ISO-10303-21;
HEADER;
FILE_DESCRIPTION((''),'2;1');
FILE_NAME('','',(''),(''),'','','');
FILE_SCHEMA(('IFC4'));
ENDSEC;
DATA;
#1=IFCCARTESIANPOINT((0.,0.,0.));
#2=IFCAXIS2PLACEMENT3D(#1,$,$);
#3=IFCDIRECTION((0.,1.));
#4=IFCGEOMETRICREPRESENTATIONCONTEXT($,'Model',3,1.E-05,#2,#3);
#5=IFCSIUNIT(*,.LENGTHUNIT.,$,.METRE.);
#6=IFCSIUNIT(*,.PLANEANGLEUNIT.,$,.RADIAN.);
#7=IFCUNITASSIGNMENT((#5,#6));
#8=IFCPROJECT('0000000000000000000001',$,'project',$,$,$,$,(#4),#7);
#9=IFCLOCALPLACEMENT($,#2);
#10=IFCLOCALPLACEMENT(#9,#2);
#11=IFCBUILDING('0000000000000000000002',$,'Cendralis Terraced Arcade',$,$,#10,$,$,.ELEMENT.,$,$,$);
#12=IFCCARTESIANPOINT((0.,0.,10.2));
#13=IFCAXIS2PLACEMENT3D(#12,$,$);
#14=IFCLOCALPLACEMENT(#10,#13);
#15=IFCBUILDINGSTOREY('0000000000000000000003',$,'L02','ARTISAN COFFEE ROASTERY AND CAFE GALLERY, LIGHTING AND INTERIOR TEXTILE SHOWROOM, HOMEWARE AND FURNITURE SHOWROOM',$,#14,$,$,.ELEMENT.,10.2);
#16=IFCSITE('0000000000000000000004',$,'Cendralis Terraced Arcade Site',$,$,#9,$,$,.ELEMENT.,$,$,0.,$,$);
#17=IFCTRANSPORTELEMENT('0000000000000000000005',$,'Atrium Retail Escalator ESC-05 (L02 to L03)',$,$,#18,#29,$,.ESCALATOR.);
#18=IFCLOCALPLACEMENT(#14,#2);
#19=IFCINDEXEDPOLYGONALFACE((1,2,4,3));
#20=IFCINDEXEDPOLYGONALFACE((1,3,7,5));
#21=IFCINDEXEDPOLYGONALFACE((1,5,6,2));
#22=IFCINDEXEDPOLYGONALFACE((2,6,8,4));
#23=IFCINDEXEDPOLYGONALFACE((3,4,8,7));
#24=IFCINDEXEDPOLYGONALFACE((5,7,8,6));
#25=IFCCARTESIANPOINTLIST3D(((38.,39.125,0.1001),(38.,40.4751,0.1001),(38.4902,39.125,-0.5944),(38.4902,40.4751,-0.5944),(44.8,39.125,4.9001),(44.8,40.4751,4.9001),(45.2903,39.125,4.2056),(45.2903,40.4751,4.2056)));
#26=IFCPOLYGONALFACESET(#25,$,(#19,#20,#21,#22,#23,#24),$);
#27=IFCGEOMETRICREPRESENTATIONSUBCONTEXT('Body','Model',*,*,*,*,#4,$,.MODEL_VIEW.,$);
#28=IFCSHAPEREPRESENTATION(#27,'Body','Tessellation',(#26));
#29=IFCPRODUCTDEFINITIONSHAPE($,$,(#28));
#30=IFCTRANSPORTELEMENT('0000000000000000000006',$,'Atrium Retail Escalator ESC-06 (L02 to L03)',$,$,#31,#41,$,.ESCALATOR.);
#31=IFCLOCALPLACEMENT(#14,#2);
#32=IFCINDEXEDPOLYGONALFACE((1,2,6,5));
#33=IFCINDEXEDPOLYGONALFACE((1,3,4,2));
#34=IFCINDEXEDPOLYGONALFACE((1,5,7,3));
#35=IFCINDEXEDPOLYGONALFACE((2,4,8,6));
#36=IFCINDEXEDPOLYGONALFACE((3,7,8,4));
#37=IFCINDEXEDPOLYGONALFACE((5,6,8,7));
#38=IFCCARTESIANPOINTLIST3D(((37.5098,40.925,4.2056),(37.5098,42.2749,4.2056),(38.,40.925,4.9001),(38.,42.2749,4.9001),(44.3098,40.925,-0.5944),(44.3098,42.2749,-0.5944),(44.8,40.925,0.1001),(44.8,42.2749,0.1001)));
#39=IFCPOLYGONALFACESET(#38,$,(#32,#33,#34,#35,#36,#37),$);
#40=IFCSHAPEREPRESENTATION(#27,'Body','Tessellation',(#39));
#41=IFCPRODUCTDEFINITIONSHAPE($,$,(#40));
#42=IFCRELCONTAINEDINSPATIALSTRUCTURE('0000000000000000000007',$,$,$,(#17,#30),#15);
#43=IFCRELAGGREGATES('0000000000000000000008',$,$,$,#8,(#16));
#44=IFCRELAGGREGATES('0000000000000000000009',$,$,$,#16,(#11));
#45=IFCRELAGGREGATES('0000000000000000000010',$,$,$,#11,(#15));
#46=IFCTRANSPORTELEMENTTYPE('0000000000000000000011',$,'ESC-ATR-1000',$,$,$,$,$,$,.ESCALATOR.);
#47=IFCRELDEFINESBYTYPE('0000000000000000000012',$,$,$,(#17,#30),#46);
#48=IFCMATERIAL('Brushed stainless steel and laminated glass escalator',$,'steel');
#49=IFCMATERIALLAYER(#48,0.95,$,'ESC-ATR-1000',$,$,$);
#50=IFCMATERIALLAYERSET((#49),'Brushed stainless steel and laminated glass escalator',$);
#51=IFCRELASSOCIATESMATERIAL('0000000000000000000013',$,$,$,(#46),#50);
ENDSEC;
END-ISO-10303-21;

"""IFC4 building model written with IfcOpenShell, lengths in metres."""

from ifc_helpers import new_model, si_unit, direction, frame, origin, place, context, subcontext, project, spatial, polyline, outline, extrude, material, layer, layer_set, type_object, element, save


model = new_model("IFC4")

# Units and contexts
model_context = context("Model", 3, precision=1e-05, world=origin(), true_north=direction((0.0, 1.0)))
body_context = subcontext(model_context, "Body", "Model", "MODEL_VIEW")
ifc_project = project(units=[si_unit("LENGTHUNIT", "METRE"), si_unit("PLANEANGLEUNIT", "RADIAN")], contexts=[model_context])

# Site, building, storey
site_placement = place(None, origin())
site = spatial("IfcSite", under=ifc_project, at=site_placement, Name="Cendralis Terraced Arcade Site", CompositionType="ELEMENT", RefElevation=0.0)
building_placement = place(site_placement, origin())
building = spatial("IfcBuilding", under=site, at=building_placement, Name="Cendralis Terraced Arcade", CompositionType="ELEMENT")
storey_placement = place(building_placement, frame((0.0, 0.0, 10.2)))
storey = spatial("IfcBuildingStorey", under=building, at=storey_placement, Name="L02", Description="ARTISAN COFFEE ROASTERY AND CAFE GALLERY, LIGHTING AND INTERIOR TEXTILE SHOWROOM, HOMEWARE AND FURNITURE SHOWROOM", CompositionType="ELEMENT", Elevation=10.2)

# Transport elements
ifc_material_1 = material(Name="Brushed stainless steel and laminated glass escalator", Category="steel")
ifc_layer_1 = layer(ifc_material_1, 0.95, Name="ESC-ATR-1000")
ifc_layer_set_1 = layer_set([ifc_layer_1], Name="Brushed stainless steel and laminated glass escalator")
transport_element_type = type_object("IfcTransportElementType", Name="ESC-ATR-1000", PredefinedType="ESCALATOR", material=ifc_layer_set_1)
transport_element_1_placement = place(storey_placement, frame((38.0, 39.125, 0.1001), z_axis=(-0.576684, 0.0, 0.816967), x_axis=(0.816967, 0.0, 0.576684)))
element("IfcTransportElement", 1, at=transport_element_1_placement, inside=storey, type_object=transport_element_type, Name="Atrium Retail Escalator ESC-05 (L02 to L03)", PredefinedType="ESCALATOR", context=body_context, shape_type="SweptSolid", body=[
    extrude(outline(polyline([(0.0, 0.0), (8.3235, 0.0), (8.3235, 1.3501), (0.0, 1.3501), (0.0, 0.0)])), origin(), (0.0, 0.0, -1.0), 0.8501),
])
transport_element_2_placement = place(storey_placement, frame((44.8, 40.925, 0.1001), z_axis=(0.576684, 0.0, 0.816967), x_axis=(-0.816967, 0.0, 0.576684)))
element("IfcTransportElement", 2, at=transport_element_2_placement, inside=storey, type_object=transport_element_type, Name="Atrium Retail Escalator ESC-06 (L02 to L03)", PredefinedType="ESCALATOR", context=body_context, shape_type="SweptSolid", body=[
    extrude(outline(polyline([(0.0, 0.0), (8.3235, 0.0), (8.3235, -1.3499), (0.0, -1.3499), (0.0, 0.0)])), origin(), (0.0, 0.0, -1.0), 0.8501),
])

save(model, "model.ifc")
